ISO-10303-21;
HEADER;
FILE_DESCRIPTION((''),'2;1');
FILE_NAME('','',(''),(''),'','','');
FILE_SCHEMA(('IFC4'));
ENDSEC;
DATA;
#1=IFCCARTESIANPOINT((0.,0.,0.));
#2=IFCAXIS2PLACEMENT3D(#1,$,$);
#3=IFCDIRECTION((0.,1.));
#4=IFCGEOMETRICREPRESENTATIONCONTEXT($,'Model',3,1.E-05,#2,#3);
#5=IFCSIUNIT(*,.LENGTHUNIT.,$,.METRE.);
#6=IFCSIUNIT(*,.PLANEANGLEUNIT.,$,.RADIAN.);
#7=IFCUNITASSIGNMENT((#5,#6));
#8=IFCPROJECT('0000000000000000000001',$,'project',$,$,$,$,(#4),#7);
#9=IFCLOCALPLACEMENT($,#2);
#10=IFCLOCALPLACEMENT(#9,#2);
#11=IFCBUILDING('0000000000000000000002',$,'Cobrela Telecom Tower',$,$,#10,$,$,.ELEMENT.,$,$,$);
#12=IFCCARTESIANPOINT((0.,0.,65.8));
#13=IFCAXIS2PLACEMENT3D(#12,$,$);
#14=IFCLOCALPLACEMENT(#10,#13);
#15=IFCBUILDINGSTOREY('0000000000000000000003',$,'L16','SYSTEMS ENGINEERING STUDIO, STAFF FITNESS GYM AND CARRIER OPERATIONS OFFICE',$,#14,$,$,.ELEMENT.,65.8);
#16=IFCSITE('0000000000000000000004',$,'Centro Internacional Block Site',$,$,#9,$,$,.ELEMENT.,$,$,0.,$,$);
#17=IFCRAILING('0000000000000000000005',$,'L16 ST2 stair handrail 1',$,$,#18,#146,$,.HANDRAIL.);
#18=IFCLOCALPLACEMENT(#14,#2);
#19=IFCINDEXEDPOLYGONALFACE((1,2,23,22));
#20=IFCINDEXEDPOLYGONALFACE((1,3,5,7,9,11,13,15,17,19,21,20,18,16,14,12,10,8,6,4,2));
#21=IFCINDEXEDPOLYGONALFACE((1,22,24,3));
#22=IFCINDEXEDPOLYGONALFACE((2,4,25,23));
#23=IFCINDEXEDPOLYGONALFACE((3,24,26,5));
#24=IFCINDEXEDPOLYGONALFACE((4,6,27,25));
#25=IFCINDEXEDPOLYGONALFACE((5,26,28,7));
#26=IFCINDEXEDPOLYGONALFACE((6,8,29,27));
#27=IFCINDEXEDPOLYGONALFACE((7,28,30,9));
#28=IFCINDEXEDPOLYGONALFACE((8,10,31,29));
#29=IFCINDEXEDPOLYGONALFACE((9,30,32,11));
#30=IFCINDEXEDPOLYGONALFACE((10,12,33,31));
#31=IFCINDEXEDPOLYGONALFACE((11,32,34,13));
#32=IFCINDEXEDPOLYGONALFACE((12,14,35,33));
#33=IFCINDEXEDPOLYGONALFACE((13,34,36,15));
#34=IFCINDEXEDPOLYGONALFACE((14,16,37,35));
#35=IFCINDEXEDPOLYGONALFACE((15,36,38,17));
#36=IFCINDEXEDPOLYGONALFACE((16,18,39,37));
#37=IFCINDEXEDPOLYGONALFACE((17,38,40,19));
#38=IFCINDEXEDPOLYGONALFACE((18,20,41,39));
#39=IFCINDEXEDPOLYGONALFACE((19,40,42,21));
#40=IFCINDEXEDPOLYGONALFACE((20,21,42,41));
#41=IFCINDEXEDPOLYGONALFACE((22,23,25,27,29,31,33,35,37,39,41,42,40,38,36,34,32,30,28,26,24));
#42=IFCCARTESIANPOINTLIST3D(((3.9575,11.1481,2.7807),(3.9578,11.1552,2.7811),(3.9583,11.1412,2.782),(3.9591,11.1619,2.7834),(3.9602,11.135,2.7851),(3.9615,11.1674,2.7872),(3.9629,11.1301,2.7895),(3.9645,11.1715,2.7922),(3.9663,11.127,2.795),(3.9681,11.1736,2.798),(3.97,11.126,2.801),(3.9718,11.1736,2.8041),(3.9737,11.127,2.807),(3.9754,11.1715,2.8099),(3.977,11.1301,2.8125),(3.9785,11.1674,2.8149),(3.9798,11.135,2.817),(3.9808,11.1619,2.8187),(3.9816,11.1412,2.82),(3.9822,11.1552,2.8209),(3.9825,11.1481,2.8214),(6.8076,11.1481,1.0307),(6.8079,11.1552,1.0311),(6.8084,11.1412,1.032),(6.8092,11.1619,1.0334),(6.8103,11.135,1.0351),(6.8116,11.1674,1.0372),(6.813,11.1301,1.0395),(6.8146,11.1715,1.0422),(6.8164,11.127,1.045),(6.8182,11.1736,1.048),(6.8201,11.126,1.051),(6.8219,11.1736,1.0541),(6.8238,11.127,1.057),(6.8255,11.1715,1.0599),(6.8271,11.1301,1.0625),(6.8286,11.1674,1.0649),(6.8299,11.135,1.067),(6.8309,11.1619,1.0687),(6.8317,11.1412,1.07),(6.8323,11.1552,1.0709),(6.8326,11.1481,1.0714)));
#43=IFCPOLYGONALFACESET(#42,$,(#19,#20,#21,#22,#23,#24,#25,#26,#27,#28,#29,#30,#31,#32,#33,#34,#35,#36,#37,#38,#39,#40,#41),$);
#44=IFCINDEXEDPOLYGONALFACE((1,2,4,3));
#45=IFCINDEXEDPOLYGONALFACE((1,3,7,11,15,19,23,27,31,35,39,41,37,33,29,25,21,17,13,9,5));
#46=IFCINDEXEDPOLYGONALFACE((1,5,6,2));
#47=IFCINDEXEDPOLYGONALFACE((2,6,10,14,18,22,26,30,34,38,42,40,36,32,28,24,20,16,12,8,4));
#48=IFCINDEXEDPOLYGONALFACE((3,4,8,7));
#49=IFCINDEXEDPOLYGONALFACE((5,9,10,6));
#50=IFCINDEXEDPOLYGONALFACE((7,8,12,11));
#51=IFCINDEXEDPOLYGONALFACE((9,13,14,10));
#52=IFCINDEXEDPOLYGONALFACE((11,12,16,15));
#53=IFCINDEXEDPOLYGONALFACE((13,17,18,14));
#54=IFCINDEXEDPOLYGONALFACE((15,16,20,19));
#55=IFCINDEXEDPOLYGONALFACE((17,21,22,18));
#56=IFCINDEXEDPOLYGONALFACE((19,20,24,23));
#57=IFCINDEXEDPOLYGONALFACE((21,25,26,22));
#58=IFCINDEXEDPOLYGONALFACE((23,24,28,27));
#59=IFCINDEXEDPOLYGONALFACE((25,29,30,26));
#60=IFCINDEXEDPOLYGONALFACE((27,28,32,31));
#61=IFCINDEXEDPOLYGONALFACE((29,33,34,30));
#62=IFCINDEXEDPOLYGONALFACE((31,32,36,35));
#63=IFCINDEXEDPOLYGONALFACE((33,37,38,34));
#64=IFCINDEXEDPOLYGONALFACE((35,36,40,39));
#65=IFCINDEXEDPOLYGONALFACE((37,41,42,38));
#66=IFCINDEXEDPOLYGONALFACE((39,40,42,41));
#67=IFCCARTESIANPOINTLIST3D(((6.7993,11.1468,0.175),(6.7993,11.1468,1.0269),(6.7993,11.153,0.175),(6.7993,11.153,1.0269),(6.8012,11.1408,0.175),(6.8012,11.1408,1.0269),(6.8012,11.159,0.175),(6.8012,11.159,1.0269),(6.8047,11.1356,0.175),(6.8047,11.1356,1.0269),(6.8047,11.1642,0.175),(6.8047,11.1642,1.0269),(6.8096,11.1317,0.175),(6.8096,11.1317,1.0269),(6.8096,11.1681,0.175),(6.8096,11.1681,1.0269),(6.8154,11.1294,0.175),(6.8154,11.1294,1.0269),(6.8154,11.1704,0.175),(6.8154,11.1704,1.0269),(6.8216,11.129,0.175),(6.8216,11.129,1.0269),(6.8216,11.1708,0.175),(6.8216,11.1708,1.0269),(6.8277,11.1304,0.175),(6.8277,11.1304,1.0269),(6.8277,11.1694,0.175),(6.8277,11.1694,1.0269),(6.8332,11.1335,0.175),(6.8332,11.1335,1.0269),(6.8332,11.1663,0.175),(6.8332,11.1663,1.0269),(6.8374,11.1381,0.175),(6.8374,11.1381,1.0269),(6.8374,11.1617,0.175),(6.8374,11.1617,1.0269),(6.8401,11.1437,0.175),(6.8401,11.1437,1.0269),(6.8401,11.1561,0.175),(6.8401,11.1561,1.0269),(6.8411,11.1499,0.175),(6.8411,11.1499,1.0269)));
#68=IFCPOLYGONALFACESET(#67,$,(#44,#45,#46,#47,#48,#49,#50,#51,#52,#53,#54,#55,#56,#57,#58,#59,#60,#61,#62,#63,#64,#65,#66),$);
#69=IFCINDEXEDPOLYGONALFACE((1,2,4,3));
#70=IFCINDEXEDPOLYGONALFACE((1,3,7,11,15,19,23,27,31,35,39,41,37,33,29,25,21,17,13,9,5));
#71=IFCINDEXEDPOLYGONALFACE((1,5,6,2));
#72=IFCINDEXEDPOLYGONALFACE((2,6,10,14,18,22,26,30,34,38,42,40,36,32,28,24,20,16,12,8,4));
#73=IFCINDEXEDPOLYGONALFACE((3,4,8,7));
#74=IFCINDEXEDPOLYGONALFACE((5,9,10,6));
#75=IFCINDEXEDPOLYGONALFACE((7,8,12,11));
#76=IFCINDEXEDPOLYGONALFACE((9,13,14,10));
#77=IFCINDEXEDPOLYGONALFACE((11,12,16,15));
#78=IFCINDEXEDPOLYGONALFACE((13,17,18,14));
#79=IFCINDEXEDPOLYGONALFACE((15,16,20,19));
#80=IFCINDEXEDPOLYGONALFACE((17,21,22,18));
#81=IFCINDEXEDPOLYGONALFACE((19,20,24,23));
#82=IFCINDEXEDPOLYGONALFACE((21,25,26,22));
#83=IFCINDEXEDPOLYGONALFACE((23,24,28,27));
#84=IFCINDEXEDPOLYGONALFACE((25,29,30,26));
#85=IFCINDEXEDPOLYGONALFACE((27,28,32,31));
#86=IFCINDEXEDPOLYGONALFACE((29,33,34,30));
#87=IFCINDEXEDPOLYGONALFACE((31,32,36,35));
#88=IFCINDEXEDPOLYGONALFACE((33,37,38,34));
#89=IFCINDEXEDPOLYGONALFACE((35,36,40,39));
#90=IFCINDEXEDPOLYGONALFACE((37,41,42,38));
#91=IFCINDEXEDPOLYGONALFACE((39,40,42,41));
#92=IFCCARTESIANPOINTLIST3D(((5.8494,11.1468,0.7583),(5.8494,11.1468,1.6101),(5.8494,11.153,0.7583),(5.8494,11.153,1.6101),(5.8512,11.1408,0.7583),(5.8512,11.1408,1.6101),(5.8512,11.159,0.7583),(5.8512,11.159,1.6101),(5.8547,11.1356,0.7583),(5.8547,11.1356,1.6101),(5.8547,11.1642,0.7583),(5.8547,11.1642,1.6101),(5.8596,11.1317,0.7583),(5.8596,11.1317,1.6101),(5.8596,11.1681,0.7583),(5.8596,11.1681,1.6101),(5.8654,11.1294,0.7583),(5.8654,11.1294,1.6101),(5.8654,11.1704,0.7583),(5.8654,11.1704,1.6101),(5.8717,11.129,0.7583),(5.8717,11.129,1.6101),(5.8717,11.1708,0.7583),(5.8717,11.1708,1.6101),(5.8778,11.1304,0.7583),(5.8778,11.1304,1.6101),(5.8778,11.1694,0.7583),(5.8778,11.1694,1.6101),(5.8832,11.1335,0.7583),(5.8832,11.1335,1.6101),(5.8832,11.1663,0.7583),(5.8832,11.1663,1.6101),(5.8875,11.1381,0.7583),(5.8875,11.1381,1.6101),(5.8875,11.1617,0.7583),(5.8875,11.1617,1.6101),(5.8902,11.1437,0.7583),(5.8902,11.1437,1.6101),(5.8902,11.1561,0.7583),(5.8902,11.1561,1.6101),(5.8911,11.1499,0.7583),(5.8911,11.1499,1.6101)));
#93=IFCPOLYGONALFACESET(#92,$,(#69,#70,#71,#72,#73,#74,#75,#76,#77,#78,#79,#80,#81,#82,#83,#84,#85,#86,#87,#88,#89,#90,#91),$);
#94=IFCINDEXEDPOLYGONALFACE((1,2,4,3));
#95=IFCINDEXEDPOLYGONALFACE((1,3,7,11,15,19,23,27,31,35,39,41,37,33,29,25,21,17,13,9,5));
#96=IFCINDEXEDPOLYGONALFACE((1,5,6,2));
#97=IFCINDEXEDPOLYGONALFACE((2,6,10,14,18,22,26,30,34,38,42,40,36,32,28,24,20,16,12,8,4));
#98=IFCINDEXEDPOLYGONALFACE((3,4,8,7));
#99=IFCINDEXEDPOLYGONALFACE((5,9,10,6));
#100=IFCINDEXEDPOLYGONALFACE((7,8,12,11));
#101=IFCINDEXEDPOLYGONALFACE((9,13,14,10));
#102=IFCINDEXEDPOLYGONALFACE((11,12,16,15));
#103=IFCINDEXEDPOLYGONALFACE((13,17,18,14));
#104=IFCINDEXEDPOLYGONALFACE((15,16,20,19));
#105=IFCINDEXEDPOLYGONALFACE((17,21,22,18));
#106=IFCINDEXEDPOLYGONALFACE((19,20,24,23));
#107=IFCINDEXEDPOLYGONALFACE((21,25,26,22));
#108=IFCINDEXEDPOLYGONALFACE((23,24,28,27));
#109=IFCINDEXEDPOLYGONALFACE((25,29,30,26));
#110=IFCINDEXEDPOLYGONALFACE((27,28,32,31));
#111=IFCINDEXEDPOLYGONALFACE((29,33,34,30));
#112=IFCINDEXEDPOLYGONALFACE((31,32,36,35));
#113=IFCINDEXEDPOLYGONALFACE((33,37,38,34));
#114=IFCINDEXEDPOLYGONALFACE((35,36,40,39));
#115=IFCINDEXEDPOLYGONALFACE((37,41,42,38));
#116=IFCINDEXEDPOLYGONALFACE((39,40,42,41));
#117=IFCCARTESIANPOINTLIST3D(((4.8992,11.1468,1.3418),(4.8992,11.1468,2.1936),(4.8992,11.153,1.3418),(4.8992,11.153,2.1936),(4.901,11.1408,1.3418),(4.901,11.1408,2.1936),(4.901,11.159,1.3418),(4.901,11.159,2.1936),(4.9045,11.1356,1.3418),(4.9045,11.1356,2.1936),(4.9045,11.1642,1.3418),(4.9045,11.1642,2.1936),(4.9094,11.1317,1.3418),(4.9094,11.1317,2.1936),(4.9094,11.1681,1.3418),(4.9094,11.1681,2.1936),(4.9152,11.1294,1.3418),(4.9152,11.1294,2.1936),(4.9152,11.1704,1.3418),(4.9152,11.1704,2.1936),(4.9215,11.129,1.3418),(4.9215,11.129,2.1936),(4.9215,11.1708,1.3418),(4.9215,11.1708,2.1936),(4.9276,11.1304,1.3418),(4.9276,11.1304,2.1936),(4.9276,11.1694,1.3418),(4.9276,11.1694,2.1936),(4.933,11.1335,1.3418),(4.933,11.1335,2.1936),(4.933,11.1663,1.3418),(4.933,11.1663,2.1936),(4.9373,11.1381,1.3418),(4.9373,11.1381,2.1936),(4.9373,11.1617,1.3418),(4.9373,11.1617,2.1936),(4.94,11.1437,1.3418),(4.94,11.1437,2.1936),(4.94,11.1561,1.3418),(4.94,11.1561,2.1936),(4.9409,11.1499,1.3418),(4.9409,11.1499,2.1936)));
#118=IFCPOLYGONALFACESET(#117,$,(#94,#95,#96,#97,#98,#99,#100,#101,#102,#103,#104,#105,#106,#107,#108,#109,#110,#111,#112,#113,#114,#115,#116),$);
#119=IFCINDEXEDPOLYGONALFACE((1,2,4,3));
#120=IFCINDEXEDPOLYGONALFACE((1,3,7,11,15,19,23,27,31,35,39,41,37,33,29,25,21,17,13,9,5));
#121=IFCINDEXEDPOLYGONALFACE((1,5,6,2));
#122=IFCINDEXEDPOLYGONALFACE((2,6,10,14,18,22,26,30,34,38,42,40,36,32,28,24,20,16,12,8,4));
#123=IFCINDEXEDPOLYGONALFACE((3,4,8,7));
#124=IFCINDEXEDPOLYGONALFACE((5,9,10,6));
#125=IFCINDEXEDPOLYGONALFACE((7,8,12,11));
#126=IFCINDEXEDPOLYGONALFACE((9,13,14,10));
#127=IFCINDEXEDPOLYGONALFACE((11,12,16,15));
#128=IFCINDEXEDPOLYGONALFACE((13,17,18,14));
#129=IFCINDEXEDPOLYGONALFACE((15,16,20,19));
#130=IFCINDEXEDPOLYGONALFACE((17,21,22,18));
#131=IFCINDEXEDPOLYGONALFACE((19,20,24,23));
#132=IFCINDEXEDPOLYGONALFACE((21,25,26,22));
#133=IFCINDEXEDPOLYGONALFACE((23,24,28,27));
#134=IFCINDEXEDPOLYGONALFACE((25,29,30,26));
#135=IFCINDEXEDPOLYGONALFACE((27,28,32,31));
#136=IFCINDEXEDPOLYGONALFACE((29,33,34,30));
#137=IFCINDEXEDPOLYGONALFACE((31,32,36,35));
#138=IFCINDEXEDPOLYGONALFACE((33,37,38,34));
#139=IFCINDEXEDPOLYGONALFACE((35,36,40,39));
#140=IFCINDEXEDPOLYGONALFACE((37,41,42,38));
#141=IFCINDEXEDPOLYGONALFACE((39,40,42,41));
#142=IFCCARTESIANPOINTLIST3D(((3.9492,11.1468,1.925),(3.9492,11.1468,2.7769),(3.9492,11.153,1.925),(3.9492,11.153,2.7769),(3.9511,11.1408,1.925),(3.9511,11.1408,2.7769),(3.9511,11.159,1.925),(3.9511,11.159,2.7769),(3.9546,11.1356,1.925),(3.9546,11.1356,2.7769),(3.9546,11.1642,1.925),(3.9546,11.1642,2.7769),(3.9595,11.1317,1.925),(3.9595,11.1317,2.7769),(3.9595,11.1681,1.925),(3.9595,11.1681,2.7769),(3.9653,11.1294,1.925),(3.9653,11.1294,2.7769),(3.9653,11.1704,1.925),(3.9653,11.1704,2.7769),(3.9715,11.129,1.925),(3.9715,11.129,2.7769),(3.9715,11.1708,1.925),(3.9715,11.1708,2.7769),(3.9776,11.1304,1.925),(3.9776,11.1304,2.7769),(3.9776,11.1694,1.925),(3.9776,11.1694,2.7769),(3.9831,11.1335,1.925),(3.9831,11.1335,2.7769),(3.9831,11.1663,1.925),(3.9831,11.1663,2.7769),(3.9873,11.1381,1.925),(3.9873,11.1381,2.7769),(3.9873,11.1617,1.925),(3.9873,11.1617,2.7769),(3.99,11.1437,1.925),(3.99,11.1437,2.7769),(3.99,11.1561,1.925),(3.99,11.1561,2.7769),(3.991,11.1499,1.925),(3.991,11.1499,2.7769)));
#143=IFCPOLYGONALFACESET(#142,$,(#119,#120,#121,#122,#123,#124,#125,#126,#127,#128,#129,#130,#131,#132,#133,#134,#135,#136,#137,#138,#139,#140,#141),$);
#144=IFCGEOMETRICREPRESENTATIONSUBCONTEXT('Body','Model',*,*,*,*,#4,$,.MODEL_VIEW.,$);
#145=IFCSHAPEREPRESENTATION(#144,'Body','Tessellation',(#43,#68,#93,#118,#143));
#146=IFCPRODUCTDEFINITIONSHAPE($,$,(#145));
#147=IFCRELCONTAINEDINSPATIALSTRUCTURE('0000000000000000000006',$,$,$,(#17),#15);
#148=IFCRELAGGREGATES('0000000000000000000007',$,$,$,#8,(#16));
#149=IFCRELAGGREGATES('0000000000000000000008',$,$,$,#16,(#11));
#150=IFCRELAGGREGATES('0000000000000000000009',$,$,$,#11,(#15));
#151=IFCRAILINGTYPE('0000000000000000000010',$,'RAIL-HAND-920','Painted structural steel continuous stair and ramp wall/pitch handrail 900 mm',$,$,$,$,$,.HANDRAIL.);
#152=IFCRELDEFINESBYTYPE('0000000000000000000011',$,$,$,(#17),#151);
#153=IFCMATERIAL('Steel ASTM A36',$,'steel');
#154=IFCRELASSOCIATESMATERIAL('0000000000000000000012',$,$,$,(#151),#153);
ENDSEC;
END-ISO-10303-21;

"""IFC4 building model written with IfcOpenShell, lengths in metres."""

from ifc_helpers import new_model, si_unit, direction, frame, origin, origin_2d, place, context, subcontext, project, spatial, circle, extrude, material, type_object, element, save


model = new_model("IFC4")

# Units and contexts
model_context = context("Model", 3, precision=1e-05, world=origin(), true_north=direction((0.0, 1.0)))
body_context = subcontext(model_context, "Body", "Model", "MODEL_VIEW")
ifc_project = project(units=[si_unit("LENGTHUNIT", "METRE"), si_unit("PLANEANGLEUNIT", "RADIAN")], contexts=[model_context])

# Site, building, storey
site_placement = place(None, origin())
site = spatial("IfcSite", under=ifc_project, at=site_placement, Name="Centro Internacional Block Site", CompositionType="ELEMENT", RefElevation=0.0)
building_placement = place(site_placement, origin())
building = spatial("IfcBuilding", under=site, at=building_placement, Name="Cobrela Telecom Tower", CompositionType="ELEMENT")
storey_placement = place(building_placement, frame((0.0, 0.0, 65.8)))
storey = spatial("IfcBuildingStorey", under=building, at=storey_placement, Name="L16", Description="SYSTEMS ENGINEERING STUDIO, STAFF FITNESS GYM AND CARRIER OPERATIONS OFFICE", CompositionType="ELEMENT", Elevation=65.8)

# Railing
ifc_material_1 = material(Name="Steel ASTM A36", Category="steel")
railing_type_1 = type_object("IfcRailingType", Name="RAIL-HAND-920", Description="Painted structural steel continuous stair and ramp wall/pitch handrail 900 mm", PredefinedType="HANDRAIL", material=ifc_material_1)
railing_1_placement = place(storey_placement, frame((6.8201, 11.1499, 0.175)))
element("IfcRailing", 1, at=railing_1_placement, inside=storey, type_object=railing_type_1, Name="L16 ST2 stair handrail 1", PredefinedType="HANDRAIL", context=body_context, shape_type="SweptSolid", body=[
    extrude(circle(Radius=0.0239, at=origin_2d()), frame((0.0, 0.0, 0.876), z_axis=(-0.852179, 0.0, 0.52325), x_axis=(0.0, -1.0, 0.0)), (0.0, 0.0, 1.0), 3.3445),
    extrude(circle(Radius=0.021, at=origin_2d()), origin(), (0.0, 0.0, 1.0), 0.8518),
    extrude(circle(Radius=0.021, at=origin_2d()), frame((-0.95, 0.0, 0.5833)), (0.0, 0.0, 1.0), 0.8518),
    extrude(circle(Radius=0.021, at=origin_2d()), frame((-1.9001, 0.0, 1.1667)), (0.0, 0.0, 1.0), 0.8518),
    extrude(circle(Radius=0.021, at=origin_2d()), frame((-2.8501, 0.0, 1.75)), (0.0, 0.0, 1.0), 0.8518),
])

save(model, "model.ifc")
